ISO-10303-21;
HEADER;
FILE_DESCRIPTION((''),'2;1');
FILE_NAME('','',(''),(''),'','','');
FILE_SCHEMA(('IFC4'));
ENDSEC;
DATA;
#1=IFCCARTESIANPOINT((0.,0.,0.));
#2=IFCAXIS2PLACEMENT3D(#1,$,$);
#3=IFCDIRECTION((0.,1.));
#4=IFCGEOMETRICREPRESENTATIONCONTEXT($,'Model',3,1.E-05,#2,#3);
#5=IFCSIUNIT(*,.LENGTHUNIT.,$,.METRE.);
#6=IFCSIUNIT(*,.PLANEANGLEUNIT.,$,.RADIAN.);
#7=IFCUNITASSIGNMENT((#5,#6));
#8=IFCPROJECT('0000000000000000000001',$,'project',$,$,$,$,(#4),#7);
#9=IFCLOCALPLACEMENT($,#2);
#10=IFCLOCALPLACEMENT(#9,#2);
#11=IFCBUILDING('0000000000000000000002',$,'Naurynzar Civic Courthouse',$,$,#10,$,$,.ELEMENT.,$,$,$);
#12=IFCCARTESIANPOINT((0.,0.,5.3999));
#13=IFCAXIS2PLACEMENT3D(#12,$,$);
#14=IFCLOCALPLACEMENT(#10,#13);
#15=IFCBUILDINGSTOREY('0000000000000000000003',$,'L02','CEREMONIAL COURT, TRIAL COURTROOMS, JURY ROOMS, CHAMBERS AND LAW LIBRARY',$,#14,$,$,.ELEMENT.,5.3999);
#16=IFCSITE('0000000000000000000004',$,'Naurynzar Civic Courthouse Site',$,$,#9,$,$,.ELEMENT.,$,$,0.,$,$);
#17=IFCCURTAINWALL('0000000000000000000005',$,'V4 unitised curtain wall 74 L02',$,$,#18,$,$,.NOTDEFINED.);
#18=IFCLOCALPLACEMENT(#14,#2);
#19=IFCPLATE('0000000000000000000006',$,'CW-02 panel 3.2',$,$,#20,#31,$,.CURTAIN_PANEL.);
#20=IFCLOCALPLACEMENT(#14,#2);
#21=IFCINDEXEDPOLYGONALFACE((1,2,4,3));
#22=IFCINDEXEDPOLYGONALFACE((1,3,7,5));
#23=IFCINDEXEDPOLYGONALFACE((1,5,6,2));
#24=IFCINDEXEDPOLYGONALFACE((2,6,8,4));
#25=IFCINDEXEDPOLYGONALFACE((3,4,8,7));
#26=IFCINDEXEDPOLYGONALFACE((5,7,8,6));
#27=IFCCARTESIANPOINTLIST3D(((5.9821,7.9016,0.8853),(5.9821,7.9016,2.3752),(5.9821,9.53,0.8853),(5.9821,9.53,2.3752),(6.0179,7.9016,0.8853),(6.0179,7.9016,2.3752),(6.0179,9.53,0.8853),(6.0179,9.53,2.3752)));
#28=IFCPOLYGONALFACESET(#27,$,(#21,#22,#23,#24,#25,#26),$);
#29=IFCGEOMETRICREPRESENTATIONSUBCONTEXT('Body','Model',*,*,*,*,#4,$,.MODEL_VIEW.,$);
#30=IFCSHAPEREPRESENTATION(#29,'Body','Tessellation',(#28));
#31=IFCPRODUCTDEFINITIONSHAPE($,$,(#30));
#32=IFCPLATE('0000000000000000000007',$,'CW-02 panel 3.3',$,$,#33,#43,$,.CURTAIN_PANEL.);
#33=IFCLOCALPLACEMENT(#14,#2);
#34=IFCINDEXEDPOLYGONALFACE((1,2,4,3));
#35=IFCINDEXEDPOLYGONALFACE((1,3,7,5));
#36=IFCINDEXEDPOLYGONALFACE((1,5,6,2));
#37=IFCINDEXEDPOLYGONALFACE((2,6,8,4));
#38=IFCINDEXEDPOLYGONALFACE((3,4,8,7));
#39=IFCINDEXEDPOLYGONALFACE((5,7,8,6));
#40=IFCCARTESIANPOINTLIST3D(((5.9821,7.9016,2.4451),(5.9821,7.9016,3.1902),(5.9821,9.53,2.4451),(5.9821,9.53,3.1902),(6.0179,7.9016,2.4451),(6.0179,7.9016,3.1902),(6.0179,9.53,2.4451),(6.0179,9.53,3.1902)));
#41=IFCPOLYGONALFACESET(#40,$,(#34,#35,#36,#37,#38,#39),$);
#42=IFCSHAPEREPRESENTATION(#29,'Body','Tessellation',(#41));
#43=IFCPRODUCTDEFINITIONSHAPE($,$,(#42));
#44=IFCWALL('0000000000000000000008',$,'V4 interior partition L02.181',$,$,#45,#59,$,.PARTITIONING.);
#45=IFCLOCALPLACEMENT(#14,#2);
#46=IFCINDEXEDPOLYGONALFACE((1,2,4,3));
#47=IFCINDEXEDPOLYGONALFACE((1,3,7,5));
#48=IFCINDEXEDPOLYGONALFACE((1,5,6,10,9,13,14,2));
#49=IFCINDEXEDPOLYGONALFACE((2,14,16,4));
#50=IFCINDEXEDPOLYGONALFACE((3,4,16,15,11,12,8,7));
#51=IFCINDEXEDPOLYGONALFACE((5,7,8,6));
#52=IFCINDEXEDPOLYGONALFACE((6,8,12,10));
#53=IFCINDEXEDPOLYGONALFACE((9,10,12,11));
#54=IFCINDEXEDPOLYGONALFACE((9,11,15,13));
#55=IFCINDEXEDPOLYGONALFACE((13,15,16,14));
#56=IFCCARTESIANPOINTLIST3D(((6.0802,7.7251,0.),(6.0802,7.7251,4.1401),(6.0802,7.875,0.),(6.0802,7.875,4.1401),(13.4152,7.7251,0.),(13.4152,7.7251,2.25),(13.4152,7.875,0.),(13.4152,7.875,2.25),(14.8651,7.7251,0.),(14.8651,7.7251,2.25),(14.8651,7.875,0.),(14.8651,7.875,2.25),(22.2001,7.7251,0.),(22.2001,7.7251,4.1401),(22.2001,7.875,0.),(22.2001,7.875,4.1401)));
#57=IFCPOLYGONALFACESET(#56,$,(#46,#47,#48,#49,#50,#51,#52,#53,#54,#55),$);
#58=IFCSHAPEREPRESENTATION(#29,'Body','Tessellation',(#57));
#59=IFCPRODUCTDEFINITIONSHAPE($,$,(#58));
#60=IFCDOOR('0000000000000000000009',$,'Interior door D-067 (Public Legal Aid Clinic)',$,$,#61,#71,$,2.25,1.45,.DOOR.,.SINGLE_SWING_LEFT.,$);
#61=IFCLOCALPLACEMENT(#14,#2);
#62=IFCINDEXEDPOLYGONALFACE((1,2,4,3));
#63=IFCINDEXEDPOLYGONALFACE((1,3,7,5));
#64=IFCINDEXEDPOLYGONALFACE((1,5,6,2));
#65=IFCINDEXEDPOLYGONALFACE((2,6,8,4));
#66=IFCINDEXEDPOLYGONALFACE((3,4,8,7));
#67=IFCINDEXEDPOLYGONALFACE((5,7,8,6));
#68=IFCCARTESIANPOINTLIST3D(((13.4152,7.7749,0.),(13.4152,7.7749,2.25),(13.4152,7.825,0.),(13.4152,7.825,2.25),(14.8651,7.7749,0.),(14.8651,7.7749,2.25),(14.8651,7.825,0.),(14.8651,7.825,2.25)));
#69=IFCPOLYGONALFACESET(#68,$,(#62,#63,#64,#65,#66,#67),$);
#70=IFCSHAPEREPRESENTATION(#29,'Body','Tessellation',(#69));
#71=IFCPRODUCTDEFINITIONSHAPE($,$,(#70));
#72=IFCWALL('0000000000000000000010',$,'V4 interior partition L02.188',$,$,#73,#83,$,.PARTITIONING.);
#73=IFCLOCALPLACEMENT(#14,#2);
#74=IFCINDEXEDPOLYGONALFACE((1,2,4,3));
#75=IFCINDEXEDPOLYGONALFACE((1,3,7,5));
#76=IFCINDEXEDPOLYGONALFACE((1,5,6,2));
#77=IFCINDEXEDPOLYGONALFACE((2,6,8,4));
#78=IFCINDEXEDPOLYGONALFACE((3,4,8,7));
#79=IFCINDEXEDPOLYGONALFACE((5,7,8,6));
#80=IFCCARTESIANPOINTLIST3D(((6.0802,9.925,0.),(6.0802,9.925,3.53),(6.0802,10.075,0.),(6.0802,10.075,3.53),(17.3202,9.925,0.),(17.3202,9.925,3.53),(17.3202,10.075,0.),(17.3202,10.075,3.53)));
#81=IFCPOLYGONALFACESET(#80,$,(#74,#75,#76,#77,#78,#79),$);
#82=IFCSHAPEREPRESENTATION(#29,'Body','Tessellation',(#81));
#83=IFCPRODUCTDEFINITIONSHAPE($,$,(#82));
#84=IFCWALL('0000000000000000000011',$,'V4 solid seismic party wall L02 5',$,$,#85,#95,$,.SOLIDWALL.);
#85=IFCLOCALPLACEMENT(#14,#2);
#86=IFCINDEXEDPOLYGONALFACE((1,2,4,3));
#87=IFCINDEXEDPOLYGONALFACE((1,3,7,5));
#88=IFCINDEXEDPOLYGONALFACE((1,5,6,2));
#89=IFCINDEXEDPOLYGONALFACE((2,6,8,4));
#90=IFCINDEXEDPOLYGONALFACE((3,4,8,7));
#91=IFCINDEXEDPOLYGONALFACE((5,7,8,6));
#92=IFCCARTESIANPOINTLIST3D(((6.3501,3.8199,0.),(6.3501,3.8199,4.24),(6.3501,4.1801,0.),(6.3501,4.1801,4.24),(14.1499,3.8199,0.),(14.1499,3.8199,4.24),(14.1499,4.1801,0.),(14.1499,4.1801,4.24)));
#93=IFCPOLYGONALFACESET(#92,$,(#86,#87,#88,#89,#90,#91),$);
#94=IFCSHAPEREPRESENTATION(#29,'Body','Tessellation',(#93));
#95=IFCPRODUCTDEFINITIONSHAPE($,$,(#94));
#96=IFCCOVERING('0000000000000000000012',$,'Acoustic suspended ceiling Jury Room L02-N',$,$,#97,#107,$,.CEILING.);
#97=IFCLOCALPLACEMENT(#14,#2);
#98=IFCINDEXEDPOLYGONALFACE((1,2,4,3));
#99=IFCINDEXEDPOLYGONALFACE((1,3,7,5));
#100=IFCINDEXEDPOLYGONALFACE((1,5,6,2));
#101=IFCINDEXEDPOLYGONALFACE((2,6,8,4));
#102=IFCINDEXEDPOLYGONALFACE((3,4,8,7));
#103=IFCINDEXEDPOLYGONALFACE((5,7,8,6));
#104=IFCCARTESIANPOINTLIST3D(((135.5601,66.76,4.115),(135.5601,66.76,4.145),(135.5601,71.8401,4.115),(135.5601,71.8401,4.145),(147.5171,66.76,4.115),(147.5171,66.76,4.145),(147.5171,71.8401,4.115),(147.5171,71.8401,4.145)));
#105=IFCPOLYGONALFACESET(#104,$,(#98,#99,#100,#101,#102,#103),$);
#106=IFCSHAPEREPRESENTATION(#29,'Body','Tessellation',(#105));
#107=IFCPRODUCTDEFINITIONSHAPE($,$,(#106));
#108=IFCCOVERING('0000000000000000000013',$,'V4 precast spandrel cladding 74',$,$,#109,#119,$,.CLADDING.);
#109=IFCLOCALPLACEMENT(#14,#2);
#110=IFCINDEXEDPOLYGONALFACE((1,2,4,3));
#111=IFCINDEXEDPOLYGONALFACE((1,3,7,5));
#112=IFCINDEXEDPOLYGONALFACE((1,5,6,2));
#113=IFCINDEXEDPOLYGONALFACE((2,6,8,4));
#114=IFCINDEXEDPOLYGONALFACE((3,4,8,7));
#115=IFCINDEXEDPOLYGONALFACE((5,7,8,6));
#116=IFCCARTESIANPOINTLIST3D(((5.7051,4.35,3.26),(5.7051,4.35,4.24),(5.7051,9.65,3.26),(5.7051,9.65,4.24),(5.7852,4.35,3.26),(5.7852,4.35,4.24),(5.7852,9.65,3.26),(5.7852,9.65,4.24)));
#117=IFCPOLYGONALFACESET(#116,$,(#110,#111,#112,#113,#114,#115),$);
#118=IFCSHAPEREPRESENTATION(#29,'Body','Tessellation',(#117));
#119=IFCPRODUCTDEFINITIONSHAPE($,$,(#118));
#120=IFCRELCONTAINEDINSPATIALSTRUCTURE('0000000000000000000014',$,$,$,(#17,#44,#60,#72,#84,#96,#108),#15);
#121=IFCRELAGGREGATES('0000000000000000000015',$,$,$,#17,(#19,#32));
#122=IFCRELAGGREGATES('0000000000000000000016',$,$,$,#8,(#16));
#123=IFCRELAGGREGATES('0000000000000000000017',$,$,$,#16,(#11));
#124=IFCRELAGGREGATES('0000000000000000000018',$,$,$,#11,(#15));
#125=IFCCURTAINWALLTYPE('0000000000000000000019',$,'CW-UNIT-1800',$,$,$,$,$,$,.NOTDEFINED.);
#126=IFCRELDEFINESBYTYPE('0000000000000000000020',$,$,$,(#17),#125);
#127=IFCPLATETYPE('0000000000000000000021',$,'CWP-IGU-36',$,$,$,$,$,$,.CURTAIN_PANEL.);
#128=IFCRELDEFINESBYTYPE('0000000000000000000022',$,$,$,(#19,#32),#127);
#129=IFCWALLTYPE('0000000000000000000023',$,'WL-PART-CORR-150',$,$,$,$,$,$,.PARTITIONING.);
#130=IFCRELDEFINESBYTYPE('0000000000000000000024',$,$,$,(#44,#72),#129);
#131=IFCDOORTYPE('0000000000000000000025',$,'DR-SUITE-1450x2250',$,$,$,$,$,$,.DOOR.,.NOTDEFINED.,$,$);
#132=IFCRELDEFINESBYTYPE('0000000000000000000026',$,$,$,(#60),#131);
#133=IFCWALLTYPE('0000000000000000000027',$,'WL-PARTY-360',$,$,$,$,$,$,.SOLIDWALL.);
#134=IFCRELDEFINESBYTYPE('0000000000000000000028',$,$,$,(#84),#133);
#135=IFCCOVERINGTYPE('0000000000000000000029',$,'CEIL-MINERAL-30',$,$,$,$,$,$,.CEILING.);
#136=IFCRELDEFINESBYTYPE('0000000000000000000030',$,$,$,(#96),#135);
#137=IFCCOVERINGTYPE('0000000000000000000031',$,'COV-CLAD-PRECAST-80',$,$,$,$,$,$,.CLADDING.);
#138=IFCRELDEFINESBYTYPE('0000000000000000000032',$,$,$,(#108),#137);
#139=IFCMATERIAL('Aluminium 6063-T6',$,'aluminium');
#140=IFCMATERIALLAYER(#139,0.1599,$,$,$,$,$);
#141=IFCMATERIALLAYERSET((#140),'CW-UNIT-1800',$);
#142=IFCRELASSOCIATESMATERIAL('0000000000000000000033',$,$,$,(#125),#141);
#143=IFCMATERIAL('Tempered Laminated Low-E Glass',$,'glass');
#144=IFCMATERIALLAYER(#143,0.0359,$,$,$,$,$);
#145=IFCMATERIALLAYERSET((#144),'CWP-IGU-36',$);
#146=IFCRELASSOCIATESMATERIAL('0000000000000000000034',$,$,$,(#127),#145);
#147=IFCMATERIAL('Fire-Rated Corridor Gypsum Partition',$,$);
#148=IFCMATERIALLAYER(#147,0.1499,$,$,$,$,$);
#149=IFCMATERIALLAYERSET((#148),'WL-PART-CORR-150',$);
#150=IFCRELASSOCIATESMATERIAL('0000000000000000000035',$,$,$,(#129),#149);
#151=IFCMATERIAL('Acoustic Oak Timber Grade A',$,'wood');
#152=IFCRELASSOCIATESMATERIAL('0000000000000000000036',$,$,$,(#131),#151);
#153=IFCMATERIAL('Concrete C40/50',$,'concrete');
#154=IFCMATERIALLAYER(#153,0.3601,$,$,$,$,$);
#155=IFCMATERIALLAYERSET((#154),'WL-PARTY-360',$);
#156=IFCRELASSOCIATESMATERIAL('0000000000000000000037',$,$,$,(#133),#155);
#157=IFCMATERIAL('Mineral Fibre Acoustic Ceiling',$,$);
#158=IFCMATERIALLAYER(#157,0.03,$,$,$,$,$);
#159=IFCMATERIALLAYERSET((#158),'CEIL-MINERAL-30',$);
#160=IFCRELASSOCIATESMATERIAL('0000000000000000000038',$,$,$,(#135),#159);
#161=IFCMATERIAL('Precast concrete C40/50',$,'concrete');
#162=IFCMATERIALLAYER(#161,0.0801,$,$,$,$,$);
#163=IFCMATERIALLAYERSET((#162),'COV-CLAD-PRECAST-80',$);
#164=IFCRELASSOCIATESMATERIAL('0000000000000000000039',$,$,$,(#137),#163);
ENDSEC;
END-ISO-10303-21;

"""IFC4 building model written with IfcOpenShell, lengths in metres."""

from ifc_helpers import new_model, si_unit, direction, frame, frame_2d, origin, origin_2d, place, context, subcontext, project, spatial, polyline, rectangle, outline, extrude, material, layer, layer_set, type_object, element, fill, aggregate, save


model = new_model("IFC4")

# Units and contexts
model_context = context("Model", 3, precision=1e-05, world=origin(), true_north=direction((0.0, 1.0)))
body_context = subcontext(model_context, "Body", "Model", "MODEL_VIEW")
ifc_project = project(units=[si_unit("LENGTHUNIT", "METRE"), si_unit("PLANEANGLEUNIT", "RADIAN")], contexts=[model_context])

# Site, building, storey
site_placement = place(None, origin())
site = spatial("IfcSite", under=ifc_project, at=site_placement, Name="Naurynzar Civic Courthouse Site", CompositionType="ELEMENT", RefElevation=0.0)
building_placement = place(site_placement, origin())
building = spatial("IfcBuilding", under=site, at=building_placement, Name="Naurynzar Civic Courthouse", CompositionType="ELEMENT")
storey_placement = place(building_placement, frame((0.0, 0.0, 5.3999)))
storey = spatial("IfcBuildingStorey", under=building, at=storey_placement, Name="L02", Description="CEREMONIAL COURT, TRIAL COURTROOMS, JURY ROOMS, CHAMBERS AND LAW LIBRARY", CompositionType="ELEMENT", Elevation=5.3999)

# Curtain wall, plates
ifc_material_1 = material(Name="Aluminium 6063-T6", Category="aluminium")
ifc_layer_1 = layer(ifc_material_1, 0.1599)
ifc_layer_set_1 = layer_set([ifc_layer_1], Name="CW-UNIT-1800")
curtain_wall_type = type_object("IfcCurtainWallType", Name="CW-UNIT-1800", PredefinedType="NOTDEFINED", material=ifc_layer_set_1)
curtain_wall_placement = place(storey_placement, origin())
curtain_wall = element("IfcCurtainWall", 1, at=curtain_wall_placement, inside=storey, type_object=curtain_wall_type, Name="V4 unitised curtain wall 74 L02", PredefinedType="NOTDEFINED")
ifc_material_2 = material(Name="Tempered Laminated Low-E Glass", Category="glass")
ifc_layer_2 = layer(ifc_material_2, 0.0359)
ifc_layer_set_2 = layer_set([ifc_layer_2], Name="CWP-IGU-36")
plate_type = type_object("IfcPlateType", Name="CWP-IGU-36", PredefinedType="CURTAIN_PANEL", material=ifc_layer_set_2)
plate_1_placement = place(storey_placement, frame((6.0, 8.7158, 0.8853), z_axis=(0.0, 0.0, 1.0), x_axis=(0.0, 1.0, 0.0)))
plate_1 = element("IfcPlate", 2, at=plate_1_placement, type_object=plate_type, Name="CW-02 panel 3.2", PredefinedType="CURTAIN_PANEL", context=body_context, shape_type="SweptSolid", body=[
    extrude(rectangle(XDim=1.6284, YDim=0.0359, at=origin_2d()), origin(), (0.0, 0.0, 1.0), 1.49),
])
plate_2_placement = place(storey_placement, frame((6.0, 8.7158, 2.4451), z_axis=(0.0, 0.0, 1.0), x_axis=(0.0, 1.0, 0.0)))
plate_2 = element("IfcPlate", 3, at=plate_2_placement, type_object=plate_type, Name="CW-02 panel 3.3", PredefinedType="CURTAIN_PANEL", context=body_context, shape_type="SweptSolid", body=[
    extrude(rectangle(XDim=1.6284, YDim=0.0359, at=origin_2d()), origin(), (0.0, 0.0, 1.0), 0.7451),
])
aggregate(curtain_wall, [plate_1, plate_2])

# Wall, opening, door
ifc_material_3 = material(Name="Fire-Rated Corridor Gypsum Partition")
ifc_layer_3 = layer(ifc_material_3, 0.1499)
ifc_layer_set_3 = layer_set([ifc_layer_3], Name="WL-PART-CORR-150")
wall_type_1 = type_object("IfcWallType", Name="WL-PART-CORR-150", PredefinedType="PARTITIONING", material=ifc_layer_set_3)
wall_1_placement = place(storey_placement, frame((6.0801, 7.8, 0.0), z_axis=(0.0, 0.0, 1.0), x_axis=(1.0, 0.0, 0.0)))
wall_1 = element("IfcWall", 4, at=wall_1_placement, inside=storey, type_object=wall_type_1, Name="V4 interior partition L02.181", PredefinedType="PARTITIONING", context=body_context, shape_type="SweptSolid", body=[
    extrude(rectangle(XDim=16.1199, YDim=0.1499, at=frame_2d((8.0601, 0.0))), origin(), (0.0, 0.0, 1.0), 4.1401),
])
opening_placement = place(wall_1_placement, frame((7.335, 0.0, 0.0)))
opening = element("IfcOpeningElement", 5, at=opening_placement, cuts=wall_1, PredefinedType="OPENING", context=body_context, shape_type="SweptSolid", body=[
    extrude(rectangle(XDim=1.45, YDim=2.25, at=frame_2d((0.7251, 1.125))), frame((0.0, 0.085, 0.0), z_axis=(0.0, -1.0, 0.0), x_axis=(1.0, 0.0, 0.0)), (0.0, 0.0, 1.0), 0.1699),
])
ifc_material_4 = material(Name="Acoustic Oak Timber Grade A", Category="wood")
door_type = type_object("IfcDoorType", Name="DR-SUITE-1450x2250", OperationType="NOTDEFINED", PredefinedType="DOOR", material=ifc_material_4)
door_placement = place(opening_placement, origin())
door = element("IfcDoor", 6, at=door_placement, inside=storey, type_object=door_type, Name="Interior door D-067 (Public Legal Aid Clinic)", OperationType="SINGLE_SWING_LEFT", OverallHeight=2.25, OverallWidth=1.45, PredefinedType="DOOR", context=body_context, shape_type="SweptSolid", body=[
    extrude(rectangle(XDim=1.45, YDim=2.25, at=frame_2d((0.7251, 1.125))), frame((0.0, 0.0249, 0.0), z_axis=(0.0, -1.0, 0.0), x_axis=(1.0, 0.0, 0.0)), (0.0, 0.0, 1.0), 0.05),
])
fill(opening, door)

# Walls
wall_2_placement = place(storey_placement, frame((6.0801, 10.0, 0.0), z_axis=(0.0, 0.0, 1.0), x_axis=(1.0, 0.0, 0.0)))
element("IfcWall", 7, at=wall_2_placement, inside=storey, type_object=wall_type_1, Name="V4 interior partition L02.188", PredefinedType="PARTITIONING", context=body_context, shape_type="SweptSolid", body=[
    extrude(rectangle(XDim=11.24, YDim=0.1499, at=frame_2d((5.6201, 0.0))), origin(), (0.0, 0.0, 1.0), 3.53),
])
ifc_material_5 = material(Name="Concrete C40/50", Category="concrete")
ifc_layer_4 = layer(ifc_material_5, 0.3601)
ifc_layer_set_4 = layer_set([ifc_layer_4], Name="WL-PARTY-360")
wall_type_2 = type_object("IfcWallType", Name="WL-PARTY-360", PredefinedType="SOLIDWALL", material=ifc_layer_set_4)
wall_3_placement = place(storey_placement, frame((14.1499, 4.0, 0.0), z_axis=(0.0, 0.0, 1.0), x_axis=(-1.0, 0.0, 0.0)))
element("IfcWall", 8, at=wall_3_placement, inside=storey, type_object=wall_type_2, Name="V4 solid seismic party wall L02 5", PredefinedType="SOLIDWALL", context=body_context, shape_type="SweptSolid", body=[
    extrude(rectangle(XDim=7.7998, YDim=0.3601, at=frame_2d((3.8999, 0.0))), origin(), (0.0, 0.0, 1.0), 4.24),
])

# Coverings
ifc_material_6 = material(Name="Mineral Fibre Acoustic Ceiling")
ifc_layer_5 = layer(ifc_material_6, 0.03)
ifc_layer_set_5 = layer_set([ifc_layer_5], Name="CEIL-MINERAL-30")
covering_type_1 = type_object("IfcCoveringType", Name="CEIL-MINERAL-30", PredefinedType="CEILING", material=ifc_layer_set_5)
covering_1_placement = place(storey_placement, frame((0.0, 0.0, 4.115)))
element("IfcCovering", 9, at=covering_1_placement, inside=storey, type_object=covering_type_1, Name="Acoustic suspended ceiling Jury Room L02-N", PredefinedType="CEILING", context=body_context, shape_type="SweptSolid", body=[
    extrude(outline(polyline([(135.5601, 66.76), (135.5601, 71.8401), (147.5171, 71.8401), (147.5171, 66.76), (135.5601, 66.76)])), origin(), (0.0, 0.0, 1.0), 0.03),
])
ifc_material_7 = material(Name="Precast concrete C40/50", Category="concrete")
ifc_layer_6 = layer(ifc_material_7, 0.0801)
ifc_layer_set_6 = layer_set([ifc_layer_6], Name="COV-CLAD-PRECAST-80")
covering_type_2 = type_object("IfcCoveringType", Name="COV-CLAD-PRECAST-80", PredefinedType="CLADDING", material=ifc_layer_set_6)
covering_2_placement = place(storey_placement, frame((5.7451, 7.0, 3.26), z_axis=(0.0, 0.0, 1.0), x_axis=(0.0, 1.0, 0.0)))
element("IfcCovering", 10, at=covering_2_placement, inside=storey, type_object=covering_type_2, Name="V4 precast spandrel cladding 74", PredefinedType="CLADDING", context=body_context, shape_type="SweptSolid", body=[
    extrude(rectangle(XDim=5.3, YDim=0.0801, at=origin_2d()), origin(), (0.0, 0.0, 1.0), 0.98),
])

save(model, "model.ifc")
